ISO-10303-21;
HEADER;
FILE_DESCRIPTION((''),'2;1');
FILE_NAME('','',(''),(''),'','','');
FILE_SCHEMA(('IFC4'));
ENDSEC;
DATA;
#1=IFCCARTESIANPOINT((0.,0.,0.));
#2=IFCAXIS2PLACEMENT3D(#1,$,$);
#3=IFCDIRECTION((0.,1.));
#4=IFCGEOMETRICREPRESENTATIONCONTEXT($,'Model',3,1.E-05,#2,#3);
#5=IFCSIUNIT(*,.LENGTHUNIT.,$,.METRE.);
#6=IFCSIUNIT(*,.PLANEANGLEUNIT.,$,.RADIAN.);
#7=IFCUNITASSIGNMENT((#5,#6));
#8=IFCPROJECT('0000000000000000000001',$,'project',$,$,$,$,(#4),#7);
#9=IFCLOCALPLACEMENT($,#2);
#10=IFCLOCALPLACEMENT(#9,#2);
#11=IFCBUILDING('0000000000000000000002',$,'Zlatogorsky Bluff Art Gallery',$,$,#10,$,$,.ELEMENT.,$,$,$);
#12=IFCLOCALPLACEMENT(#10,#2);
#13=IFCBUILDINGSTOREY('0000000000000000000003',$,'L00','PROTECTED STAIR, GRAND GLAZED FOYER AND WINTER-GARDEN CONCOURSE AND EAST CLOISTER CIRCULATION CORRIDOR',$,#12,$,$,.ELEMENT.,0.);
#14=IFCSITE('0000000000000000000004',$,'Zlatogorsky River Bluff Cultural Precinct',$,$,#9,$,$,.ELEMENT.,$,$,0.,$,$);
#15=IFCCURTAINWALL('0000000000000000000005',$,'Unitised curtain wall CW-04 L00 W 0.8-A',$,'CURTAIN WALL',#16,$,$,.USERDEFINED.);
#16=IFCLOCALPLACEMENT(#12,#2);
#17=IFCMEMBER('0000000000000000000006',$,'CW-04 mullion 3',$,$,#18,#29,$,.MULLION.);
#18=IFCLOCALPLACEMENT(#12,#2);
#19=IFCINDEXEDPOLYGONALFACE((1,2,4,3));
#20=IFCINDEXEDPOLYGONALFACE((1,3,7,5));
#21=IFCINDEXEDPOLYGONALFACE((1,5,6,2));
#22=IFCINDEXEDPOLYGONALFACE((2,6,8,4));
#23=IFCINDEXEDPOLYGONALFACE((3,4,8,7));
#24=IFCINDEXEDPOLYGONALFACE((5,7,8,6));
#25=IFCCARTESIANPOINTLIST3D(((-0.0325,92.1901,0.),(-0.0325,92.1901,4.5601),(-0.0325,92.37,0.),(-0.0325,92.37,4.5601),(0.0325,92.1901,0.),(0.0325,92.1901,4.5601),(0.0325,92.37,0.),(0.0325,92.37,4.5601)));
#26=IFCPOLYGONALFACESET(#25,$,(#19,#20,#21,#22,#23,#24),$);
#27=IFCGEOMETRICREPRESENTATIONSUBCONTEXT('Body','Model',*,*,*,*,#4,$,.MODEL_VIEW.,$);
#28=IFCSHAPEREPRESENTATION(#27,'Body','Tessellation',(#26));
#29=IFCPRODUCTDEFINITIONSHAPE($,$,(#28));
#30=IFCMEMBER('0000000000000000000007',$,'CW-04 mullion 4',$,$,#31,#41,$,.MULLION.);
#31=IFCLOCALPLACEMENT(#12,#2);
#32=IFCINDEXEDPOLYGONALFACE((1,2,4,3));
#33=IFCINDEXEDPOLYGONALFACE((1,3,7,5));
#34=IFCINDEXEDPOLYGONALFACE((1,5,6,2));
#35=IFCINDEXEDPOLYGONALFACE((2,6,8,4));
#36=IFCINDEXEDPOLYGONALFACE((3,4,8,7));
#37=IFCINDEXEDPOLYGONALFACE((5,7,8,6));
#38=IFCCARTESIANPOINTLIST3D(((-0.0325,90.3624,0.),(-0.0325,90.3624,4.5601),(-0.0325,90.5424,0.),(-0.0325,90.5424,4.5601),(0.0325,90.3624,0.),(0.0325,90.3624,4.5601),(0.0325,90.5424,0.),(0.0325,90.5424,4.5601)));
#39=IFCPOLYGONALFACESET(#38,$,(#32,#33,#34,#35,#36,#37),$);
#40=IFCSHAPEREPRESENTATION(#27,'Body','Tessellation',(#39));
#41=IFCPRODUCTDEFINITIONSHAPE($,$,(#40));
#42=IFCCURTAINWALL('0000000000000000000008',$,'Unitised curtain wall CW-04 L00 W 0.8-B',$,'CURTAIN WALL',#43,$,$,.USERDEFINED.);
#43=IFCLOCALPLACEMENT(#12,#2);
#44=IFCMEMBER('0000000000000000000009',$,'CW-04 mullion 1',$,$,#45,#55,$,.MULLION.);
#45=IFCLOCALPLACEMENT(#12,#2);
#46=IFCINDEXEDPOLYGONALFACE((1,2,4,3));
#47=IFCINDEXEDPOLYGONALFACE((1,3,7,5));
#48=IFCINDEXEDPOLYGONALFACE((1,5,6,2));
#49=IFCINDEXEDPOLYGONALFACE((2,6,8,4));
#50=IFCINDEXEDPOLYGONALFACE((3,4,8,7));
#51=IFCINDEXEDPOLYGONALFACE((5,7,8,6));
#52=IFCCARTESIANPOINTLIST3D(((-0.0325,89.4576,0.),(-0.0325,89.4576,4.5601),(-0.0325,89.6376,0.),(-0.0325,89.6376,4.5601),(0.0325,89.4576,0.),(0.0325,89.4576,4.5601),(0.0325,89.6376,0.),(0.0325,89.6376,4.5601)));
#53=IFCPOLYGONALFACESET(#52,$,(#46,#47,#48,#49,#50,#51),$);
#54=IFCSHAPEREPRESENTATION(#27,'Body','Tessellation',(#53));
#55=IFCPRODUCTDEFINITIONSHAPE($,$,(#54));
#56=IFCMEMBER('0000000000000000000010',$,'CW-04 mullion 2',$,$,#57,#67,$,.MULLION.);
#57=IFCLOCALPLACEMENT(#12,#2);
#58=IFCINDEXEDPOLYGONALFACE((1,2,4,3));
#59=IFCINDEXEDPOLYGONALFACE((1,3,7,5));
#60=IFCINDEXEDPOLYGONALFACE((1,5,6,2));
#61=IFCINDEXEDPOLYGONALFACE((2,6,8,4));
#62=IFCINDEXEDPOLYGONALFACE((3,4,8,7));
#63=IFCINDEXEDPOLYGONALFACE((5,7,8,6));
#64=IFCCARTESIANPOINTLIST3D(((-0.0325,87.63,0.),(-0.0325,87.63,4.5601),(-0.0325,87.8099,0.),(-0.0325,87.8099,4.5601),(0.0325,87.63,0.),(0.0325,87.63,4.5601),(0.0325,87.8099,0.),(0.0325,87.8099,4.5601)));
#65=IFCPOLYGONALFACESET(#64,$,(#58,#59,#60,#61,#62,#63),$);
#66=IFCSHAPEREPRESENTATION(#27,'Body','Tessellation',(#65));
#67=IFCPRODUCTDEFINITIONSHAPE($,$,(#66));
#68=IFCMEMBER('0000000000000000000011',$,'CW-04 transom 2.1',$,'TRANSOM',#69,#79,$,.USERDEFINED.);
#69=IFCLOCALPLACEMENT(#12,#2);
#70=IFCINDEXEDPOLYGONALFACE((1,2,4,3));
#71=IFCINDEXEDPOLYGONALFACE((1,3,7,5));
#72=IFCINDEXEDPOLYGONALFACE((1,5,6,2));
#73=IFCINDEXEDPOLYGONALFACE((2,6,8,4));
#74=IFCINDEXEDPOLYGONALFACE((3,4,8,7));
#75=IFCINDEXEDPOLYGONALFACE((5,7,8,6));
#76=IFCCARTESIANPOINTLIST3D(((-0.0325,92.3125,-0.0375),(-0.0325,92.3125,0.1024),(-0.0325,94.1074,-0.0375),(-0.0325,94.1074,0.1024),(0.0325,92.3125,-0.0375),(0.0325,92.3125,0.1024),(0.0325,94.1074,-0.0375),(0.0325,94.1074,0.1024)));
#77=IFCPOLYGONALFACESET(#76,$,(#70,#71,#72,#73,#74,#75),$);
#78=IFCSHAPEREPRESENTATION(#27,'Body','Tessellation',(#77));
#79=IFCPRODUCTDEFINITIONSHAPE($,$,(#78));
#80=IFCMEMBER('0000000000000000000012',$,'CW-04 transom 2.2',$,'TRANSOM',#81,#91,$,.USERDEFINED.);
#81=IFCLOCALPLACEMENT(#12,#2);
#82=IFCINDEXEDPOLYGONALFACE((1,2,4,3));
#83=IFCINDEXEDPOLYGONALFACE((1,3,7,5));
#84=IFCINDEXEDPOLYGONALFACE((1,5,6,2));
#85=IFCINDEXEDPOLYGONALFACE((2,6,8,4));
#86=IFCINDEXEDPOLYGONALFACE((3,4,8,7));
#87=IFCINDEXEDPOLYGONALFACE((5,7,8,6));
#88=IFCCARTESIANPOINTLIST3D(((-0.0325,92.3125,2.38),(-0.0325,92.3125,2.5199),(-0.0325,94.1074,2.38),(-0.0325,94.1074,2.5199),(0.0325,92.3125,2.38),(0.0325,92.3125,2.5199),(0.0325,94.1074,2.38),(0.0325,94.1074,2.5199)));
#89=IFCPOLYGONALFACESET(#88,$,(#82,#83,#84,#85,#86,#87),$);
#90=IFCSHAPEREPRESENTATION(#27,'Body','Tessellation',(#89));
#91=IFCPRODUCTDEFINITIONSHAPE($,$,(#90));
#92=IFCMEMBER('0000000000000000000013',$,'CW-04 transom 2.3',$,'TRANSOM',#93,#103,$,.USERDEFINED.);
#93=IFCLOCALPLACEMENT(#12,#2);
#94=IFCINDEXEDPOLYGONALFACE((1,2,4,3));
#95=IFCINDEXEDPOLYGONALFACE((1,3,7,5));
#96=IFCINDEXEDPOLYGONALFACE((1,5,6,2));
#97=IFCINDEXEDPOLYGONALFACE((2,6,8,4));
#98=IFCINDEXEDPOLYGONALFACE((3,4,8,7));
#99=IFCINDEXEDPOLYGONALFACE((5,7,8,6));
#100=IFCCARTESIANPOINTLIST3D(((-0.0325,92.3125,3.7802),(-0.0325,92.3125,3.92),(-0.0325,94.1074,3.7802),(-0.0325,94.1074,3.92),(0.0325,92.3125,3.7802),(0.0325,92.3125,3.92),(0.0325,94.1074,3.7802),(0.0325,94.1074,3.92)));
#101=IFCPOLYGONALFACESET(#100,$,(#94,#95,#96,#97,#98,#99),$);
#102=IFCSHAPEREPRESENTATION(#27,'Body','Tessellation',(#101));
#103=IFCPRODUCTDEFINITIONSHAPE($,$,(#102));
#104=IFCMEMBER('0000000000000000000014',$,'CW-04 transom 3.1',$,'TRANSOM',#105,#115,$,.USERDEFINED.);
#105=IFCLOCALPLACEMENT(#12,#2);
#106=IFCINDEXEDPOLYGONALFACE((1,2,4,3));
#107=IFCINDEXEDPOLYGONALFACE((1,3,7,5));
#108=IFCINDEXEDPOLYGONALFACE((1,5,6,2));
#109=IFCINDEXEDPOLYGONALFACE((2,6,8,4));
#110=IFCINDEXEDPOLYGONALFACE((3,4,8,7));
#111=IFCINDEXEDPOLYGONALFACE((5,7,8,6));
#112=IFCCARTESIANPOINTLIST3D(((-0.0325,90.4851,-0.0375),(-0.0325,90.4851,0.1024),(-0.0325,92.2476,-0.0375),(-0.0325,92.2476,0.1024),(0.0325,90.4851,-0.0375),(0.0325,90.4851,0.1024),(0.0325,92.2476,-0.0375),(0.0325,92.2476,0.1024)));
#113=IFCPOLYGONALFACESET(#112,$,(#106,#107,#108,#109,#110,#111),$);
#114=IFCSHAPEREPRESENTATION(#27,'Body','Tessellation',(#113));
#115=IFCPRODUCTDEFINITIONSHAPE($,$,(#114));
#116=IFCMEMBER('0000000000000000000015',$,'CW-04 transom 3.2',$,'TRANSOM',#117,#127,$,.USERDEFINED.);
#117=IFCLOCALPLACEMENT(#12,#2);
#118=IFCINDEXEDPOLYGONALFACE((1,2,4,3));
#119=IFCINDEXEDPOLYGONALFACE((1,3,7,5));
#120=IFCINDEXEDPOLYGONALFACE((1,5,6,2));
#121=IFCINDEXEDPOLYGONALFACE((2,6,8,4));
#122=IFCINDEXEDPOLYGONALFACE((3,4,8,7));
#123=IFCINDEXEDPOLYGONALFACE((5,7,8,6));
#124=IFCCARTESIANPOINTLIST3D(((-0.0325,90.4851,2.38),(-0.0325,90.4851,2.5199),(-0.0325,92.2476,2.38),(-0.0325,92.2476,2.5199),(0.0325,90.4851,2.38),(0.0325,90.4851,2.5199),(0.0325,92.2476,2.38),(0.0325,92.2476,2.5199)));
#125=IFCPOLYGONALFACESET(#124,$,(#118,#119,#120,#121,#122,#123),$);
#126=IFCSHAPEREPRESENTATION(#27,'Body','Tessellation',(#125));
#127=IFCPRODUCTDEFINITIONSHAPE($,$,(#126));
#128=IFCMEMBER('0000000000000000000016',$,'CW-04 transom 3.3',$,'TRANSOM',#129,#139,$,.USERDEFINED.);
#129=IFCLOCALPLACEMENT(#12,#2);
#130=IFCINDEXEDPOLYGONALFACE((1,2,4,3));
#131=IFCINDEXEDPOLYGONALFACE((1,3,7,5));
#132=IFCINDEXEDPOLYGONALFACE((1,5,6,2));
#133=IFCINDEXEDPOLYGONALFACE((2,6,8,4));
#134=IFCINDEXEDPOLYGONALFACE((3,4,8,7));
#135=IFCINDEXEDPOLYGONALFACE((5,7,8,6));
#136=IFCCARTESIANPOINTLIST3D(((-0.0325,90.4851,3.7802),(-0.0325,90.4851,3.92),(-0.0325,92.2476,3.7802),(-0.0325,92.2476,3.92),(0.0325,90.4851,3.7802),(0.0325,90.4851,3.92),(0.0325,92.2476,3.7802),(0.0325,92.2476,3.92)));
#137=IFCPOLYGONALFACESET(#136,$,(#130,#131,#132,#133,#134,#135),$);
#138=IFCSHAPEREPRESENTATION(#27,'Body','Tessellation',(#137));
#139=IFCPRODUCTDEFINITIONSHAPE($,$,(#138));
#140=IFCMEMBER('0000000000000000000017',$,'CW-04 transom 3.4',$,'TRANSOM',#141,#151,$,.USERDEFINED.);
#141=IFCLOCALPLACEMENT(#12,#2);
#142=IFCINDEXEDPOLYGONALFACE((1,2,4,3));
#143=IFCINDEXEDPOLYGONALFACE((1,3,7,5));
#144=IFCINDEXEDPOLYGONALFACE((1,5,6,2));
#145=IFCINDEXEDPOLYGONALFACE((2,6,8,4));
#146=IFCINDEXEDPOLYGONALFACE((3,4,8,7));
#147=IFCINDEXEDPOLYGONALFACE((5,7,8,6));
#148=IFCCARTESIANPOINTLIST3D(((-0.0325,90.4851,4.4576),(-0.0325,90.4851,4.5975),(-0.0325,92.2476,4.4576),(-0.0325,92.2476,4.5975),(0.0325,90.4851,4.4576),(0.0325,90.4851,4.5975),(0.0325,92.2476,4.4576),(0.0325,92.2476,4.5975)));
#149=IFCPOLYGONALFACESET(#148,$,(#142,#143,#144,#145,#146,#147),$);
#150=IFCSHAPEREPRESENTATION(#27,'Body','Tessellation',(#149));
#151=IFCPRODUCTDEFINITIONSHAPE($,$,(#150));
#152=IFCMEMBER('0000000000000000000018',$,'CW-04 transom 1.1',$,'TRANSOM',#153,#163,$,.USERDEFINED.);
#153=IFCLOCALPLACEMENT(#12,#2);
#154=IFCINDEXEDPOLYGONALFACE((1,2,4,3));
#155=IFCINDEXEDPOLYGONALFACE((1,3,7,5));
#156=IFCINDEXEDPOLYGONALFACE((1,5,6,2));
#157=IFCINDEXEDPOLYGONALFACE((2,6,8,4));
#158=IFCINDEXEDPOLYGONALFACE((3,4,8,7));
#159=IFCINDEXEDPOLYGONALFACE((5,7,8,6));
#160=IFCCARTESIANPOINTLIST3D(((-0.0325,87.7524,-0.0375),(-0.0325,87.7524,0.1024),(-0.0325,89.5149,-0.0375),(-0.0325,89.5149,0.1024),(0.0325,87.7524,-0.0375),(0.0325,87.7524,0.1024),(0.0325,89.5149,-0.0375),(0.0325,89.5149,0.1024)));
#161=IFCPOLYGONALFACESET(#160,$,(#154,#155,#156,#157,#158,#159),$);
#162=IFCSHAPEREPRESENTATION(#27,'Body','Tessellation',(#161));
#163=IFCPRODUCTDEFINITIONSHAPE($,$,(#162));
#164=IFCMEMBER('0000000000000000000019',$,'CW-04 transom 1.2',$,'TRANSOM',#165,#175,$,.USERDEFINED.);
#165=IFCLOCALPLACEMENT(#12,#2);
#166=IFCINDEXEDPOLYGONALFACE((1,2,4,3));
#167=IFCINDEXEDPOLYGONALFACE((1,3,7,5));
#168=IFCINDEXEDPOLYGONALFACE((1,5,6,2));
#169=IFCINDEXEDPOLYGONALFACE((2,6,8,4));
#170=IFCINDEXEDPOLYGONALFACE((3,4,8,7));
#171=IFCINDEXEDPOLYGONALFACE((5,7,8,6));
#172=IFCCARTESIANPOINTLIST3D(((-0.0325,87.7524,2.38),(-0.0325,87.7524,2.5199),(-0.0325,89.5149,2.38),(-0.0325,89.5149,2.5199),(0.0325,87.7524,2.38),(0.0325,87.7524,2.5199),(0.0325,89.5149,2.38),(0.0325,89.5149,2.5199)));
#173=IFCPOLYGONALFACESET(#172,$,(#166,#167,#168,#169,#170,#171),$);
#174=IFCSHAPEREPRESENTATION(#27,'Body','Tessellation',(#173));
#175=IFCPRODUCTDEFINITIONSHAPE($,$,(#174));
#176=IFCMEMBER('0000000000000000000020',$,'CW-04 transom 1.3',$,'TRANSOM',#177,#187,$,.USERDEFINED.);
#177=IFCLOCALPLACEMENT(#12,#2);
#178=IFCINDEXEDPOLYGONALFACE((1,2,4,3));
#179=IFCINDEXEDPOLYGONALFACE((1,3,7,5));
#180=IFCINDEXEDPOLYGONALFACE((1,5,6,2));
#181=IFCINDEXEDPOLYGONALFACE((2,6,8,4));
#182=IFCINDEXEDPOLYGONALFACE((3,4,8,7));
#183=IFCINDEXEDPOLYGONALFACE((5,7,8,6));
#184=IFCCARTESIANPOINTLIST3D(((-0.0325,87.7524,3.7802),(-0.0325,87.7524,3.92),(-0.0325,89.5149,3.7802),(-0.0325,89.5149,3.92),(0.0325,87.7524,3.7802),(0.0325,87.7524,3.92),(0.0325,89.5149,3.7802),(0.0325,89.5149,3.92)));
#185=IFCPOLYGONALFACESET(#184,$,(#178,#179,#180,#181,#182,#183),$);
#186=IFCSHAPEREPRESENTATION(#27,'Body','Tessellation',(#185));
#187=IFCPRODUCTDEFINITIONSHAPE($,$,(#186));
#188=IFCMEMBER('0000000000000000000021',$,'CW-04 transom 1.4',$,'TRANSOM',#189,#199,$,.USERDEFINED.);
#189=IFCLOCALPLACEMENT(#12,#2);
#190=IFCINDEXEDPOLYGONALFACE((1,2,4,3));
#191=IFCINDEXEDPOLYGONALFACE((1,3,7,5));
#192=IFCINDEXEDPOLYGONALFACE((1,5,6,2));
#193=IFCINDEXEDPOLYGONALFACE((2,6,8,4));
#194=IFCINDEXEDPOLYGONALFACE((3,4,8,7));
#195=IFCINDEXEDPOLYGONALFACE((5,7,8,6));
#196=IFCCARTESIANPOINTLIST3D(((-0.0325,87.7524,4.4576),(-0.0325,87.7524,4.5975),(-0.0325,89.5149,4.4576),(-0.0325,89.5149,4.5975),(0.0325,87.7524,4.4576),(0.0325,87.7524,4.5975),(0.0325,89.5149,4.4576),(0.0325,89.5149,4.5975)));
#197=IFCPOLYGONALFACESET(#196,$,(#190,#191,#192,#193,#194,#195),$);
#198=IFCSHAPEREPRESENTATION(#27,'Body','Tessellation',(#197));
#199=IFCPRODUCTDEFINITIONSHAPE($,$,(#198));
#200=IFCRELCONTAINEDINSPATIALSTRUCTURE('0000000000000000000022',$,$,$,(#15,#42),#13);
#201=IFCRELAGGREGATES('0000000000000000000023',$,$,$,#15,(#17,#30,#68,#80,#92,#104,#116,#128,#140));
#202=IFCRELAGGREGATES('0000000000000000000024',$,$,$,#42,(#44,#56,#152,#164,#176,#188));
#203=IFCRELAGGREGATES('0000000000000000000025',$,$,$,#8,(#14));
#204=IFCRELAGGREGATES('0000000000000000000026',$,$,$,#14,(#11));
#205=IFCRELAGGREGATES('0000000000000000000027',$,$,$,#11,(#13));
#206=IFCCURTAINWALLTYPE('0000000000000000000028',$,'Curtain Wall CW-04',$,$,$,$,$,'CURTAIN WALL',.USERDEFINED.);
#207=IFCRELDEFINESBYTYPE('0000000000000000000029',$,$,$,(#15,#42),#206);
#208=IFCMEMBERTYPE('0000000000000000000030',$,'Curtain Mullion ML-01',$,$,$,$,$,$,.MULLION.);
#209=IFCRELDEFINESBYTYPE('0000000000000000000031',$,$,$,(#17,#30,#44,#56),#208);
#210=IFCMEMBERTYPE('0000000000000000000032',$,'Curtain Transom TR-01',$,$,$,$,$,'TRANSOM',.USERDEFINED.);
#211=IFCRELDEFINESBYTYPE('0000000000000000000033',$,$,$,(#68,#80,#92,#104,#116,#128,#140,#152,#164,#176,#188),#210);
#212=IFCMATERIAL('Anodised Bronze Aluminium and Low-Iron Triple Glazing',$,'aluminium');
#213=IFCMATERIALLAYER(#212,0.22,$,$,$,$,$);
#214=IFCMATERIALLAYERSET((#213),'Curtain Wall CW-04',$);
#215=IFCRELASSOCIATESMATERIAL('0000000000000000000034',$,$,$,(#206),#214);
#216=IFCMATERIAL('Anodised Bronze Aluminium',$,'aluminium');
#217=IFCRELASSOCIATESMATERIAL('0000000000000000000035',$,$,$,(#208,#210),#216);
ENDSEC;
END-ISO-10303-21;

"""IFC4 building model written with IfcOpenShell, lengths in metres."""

from ifc_helpers import new_model, si_unit, direction, frame, origin, origin_2d, place, context, subcontext, project, spatial, rectangle, extrude, material, layer, layer_set, material_profile, profile_set, type_object, element, aggregate, save


model = new_model("IFC4")

# Units and contexts
model_context = context("Model", 3, precision=1e-05, world=origin(), true_north=direction((0.0, 1.0)))
body_context = subcontext(model_context, "Body", "Model", "MODEL_VIEW")
ifc_project = project(units=[si_unit("LENGTHUNIT", "METRE"), si_unit("PLANEANGLEUNIT", "RADIAN")], contexts=[model_context])

# Site, building, storey
site_placement = place(None, origin())
site = spatial("IfcSite", under=ifc_project, at=site_placement, Name="Zlatogorsky River Bluff Cultural Precinct", CompositionType="ELEMENT", RefElevation=0.0)
building_placement = place(site_placement, origin())
building = spatial("IfcBuilding", under=site, at=building_placement, Name="Zlatogorsky Bluff Art Gallery", CompositionType="ELEMENT")
storey_placement = place(building_placement, origin())
storey = spatial("IfcBuildingStorey", under=building, at=storey_placement, Name="L00", Description="PROTECTED STAIR, GRAND GLAZED FOYER AND WINTER-GARDEN CONCOURSE AND EAST CLOISTER CIRCULATION CORRIDOR", CompositionType="ELEMENT", Elevation=0.0)

# Curtain walls, members
ifc_material_1 = material(Name="Anodised Bronze Aluminium and Low-Iron Triple Glazing", Category="aluminium")
ifc_layer_1 = layer(ifc_material_1, 0.22)
ifc_layer_set_1 = layer_set([ifc_layer_1], Name="Curtain Wall CW-04")
curtain_wall_type = type_object("IfcCurtainWallType", Name="Curtain Wall CW-04", ElementType="CURTAIN WALL", PredefinedType="USERDEFINED", material=ifc_layer_set_1)
curtain_wall_1_placement = place(storey_placement, origin())
curtain_wall_1 = element("IfcCurtainWall", 1, at=curtain_wall_1_placement, inside=storey, type_object=curtain_wall_type, Name="Unitised curtain wall CW-04 L00 W 0.8-A", ObjectType="CURTAIN WALL", PredefinedType="USERDEFINED")
ifc_material_2 = material(Name="Anodised Bronze Aluminium", Category="aluminium")
ifc_material_profile_1 = material_profile(ifc_material_2, rectangle(XDim=0.0649, YDim=0.1799, at=origin_2d()), Name="ALU MULLION 65x180")
ifc_profile_set_1 = profile_set([ifc_material_profile_1], Name="Anodised Bronze Aluminium")
member_type_1 = type_object("IfcMemberType", Name="Curtain Mullion ML-01", PredefinedType="MULLION", material=ifc_profile_set_1)
member_1_placement = place(storey_placement, frame((0.0, 92.28, 0.0), z_axis=(0.0, 0.0, 1.0), x_axis=(1.0, 0.0, 0.0)))
member_1 = element("IfcMember", 2, at=member_1_placement, type_object=member_type_1, Name="CW-04 mullion 3", PredefinedType="MULLION", context=body_context, shape_type="SweptSolid", body=[
    extrude(rectangle(XDim=0.0649, YDim=0.1799, at=origin_2d()), origin(), (0.0, 0.0, 1.0), 4.5601),
])
member_2_placement = place(storey_placement, frame((0.0, 90.4524, 0.0), z_axis=(0.0, 0.0, 1.0), x_axis=(1.0, 0.0, 0.0)))
member_2 = element("IfcMember", 3, at=member_2_placement, type_object=member_type_1, Name="CW-04 mullion 4", PredefinedType="MULLION", context=body_context, shape_type="SweptSolid", body=[
    extrude(rectangle(XDim=0.0649, YDim=0.1799, at=origin_2d()), origin(), (0.0, 0.0, 1.0), 4.5601),
])
curtain_wall_2_placement = place(storey_placement, origin())
curtain_wall_2 = element("IfcCurtainWall", 4, at=curtain_wall_2_placement, inside=storey, type_object=curtain_wall_type, Name="Unitised curtain wall CW-04 L00 W 0.8-B", ObjectType="CURTAIN WALL", PredefinedType="USERDEFINED")
member_3_placement = place(storey_placement, frame((0.0, 89.5476, 0.0), z_axis=(0.0, 0.0, 1.0), x_axis=(1.0, 0.0, 0.0)))
member_3 = element("IfcMember", 5, at=member_3_placement, type_object=member_type_1, Name="CW-04 mullion 1", PredefinedType="MULLION", context=body_context, shape_type="SweptSolid", body=[
    extrude(rectangle(XDim=0.0649, YDim=0.1799, at=origin_2d()), origin(), (0.0, 0.0, 1.0), 4.5601),
])
member_4_placement = place(storey_placement, frame((0.0, 87.72, 0.0), z_axis=(0.0, 0.0, 1.0), x_axis=(1.0, 0.0, 0.0)))
member_4 = element("IfcMember", 6, at=member_4_placement, type_object=member_type_1, Name="CW-04 mullion 2", PredefinedType="MULLION", context=body_context, shape_type="SweptSolid", body=[
    extrude(rectangle(XDim=0.0649, YDim=0.1799, at=origin_2d()), origin(), (0.0, 0.0, 1.0), 4.5601),
])

# Members
ifc_material_profile_2 = material_profile(ifc_material_2, rectangle(XDim=0.0649, YDim=0.1399, at=origin_2d()), Name="ALU TRANSOM 65x140")
ifc_profile_set_2 = profile_set([ifc_material_profile_2], Name="Anodised Bronze Aluminium")
member_type_2 = type_object("IfcMemberType", Name="Curtain Transom TR-01", ElementType="TRANSOM", PredefinedType="USERDEFINED", material=ifc_profile_set_2)
member_5_placement = place(storey_placement, frame((0.0, 94.1074, 0.0325), z_axis=(0.0, -1.0, 0.0), x_axis=(1.0, 0.0, 0.0)))
member_5 = element("IfcMember", 7, at=member_5_placement, type_object=member_type_2, Name="CW-04 transom 2.1", ObjectType="TRANSOM", PredefinedType="USERDEFINED", context=body_context, shape_type="SweptSolid", body=[
    extrude(rectangle(XDim=0.0649, YDim=0.1399, at=origin_2d()), origin(), (0.0, 0.0, 1.0), 1.7949),
])
member_6_placement = place(storey_placement, frame((0.0, 94.1074, 2.45), z_axis=(0.0, -1.0, 0.0), x_axis=(1.0, 0.0, 0.0)))
member_6 = element("IfcMember", 8, at=member_6_placement, type_object=member_type_2, Name="CW-04 transom 2.2", ObjectType="TRANSOM", PredefinedType="USERDEFINED", context=body_context, shape_type="SweptSolid", body=[
    extrude(rectangle(XDim=0.0649, YDim=0.1399, at=origin_2d()), origin(), (0.0, 0.0, 1.0), 1.7949),
])
member_7_placement = place(storey_placement, frame((0.0, 94.1074, 3.8501), z_axis=(0.0, -1.0, 0.0), x_axis=(1.0, 0.0, 0.0)))
member_7 = element("IfcMember", 9, at=member_7_placement, type_object=member_type_2, Name="CW-04 transom 2.3", ObjectType="TRANSOM", PredefinedType="USERDEFINED", context=body_context, shape_type="SweptSolid", body=[
    extrude(rectangle(XDim=0.0649, YDim=0.1399, at=origin_2d()), origin(), (0.0, 0.0, 1.0), 1.7949),
])
member_8_placement = place(storey_placement, frame((0.0, 92.2476, 0.0325), z_axis=(0.0, -1.0, 0.0), x_axis=(1.0, 0.0, 0.0)))
member_8 = element("IfcMember", 10, at=member_8_placement, type_object=member_type_2, Name="CW-04 transom 3.1", ObjectType="TRANSOM", PredefinedType="USERDEFINED", context=body_context, shape_type="SweptSolid", body=[
    extrude(rectangle(XDim=0.0649, YDim=0.1399, at=origin_2d()), origin(), (0.0, 0.0, 1.0), 1.7625),
])
member_9_placement = place(storey_placement, frame((0.0, 92.2476, 2.45), z_axis=(0.0, -1.0, 0.0), x_axis=(1.0, 0.0, 0.0)))
member_9 = element("IfcMember", 11, at=member_9_placement, type_object=member_type_2, Name="CW-04 transom 3.2", ObjectType="TRANSOM", PredefinedType="USERDEFINED", context=body_context, shape_type="SweptSolid", body=[
    extrude(rectangle(XDim=0.0649, YDim=0.1399, at=origin_2d()), origin(), (0.0, 0.0, 1.0), 1.7625),
])
member_10_placement = place(storey_placement, frame((0.0, 92.2476, 3.8501), z_axis=(0.0, -1.0, 0.0), x_axis=(1.0, 0.0, 0.0)))
member_10 = element("IfcMember", 12, at=member_10_placement, type_object=member_type_2, Name="CW-04 transom 3.3", ObjectType="TRANSOM", PredefinedType="USERDEFINED", context=body_context, shape_type="SweptSolid", body=[
    extrude(rectangle(XDim=0.0649, YDim=0.1399, at=origin_2d()), origin(), (0.0, 0.0, 1.0), 1.7625),
])
member_11_placement = place(storey_placement, frame((0.0, 92.2476, 4.5276), z_axis=(0.0, -1.0, 0.0), x_axis=(1.0, 0.0, 0.0)))
member_11 = element("IfcMember", 13, at=member_11_placement, type_object=member_type_2, Name="CW-04 transom 3.4", ObjectType="TRANSOM", PredefinedType="USERDEFINED", context=body_context, shape_type="SweptSolid", body=[
    extrude(rectangle(XDim=0.0649, YDim=0.1399, at=origin_2d()), origin(), (0.0, 0.0, 1.0), 1.7625),
])
member_12_placement = place(storey_placement, frame((0.0, 89.5149, 0.0325), z_axis=(0.0, -1.0, 0.0), x_axis=(1.0, 0.0, 0.0)))
member_12 = element("IfcMember", 14, at=member_12_placement, type_object=member_type_2, Name="CW-04 transom 1.1", ObjectType="TRANSOM", PredefinedType="USERDEFINED", context=body_context, shape_type="SweptSolid", body=[
    extrude(rectangle(XDim=0.0649, YDim=0.1399, at=origin_2d()), origin(), (0.0, 0.0, 1.0), 1.7625),
])
member_13_placement = place(storey_placement, frame((0.0, 89.5149, 2.45), z_axis=(0.0, -1.0, 0.0), x_axis=(1.0, 0.0, 0.0)))
member_13 = element("IfcMember", 15, at=member_13_placement, type_object=member_type_2, Name="CW-04 transom 1.2", ObjectType="TRANSOM", PredefinedType="USERDEFINED", context=body_context, shape_type="SweptSolid", body=[
    extrude(rectangle(XDim=0.0649, YDim=0.1399, at=origin_2d()), origin(), (0.0, 0.0, 1.0), 1.7625),
])
member_14_placement = place(storey_placement, frame((0.0, 89.5149, 3.8501), z_axis=(0.0, -1.0, 0.0), x_axis=(1.0, 0.0, 0.0)))
member_14 = element("IfcMember", 16, at=member_14_placement, type_object=member_type_2, Name="CW-04 transom 1.3", ObjectType="TRANSOM", PredefinedType="USERDEFINED", context=body_context, shape_type="SweptSolid", body=[
    extrude(rectangle(XDim=0.0649, YDim=0.1399, at=origin_2d()), origin(), (0.0, 0.0, 1.0), 1.7625),
])
member_15_placement = place(storey_placement, frame((0.0, 89.5149, 4.5276), z_axis=(0.0, -1.0, 0.0), x_axis=(1.0, 0.0, 0.0)))
member_15 = element("IfcMember", 17, at=member_15_placement, type_object=member_type_2, Name="CW-04 transom 1.4", ObjectType="TRANSOM", PredefinedType="USERDEFINED", context=body_context, shape_type="SweptSolid", body=[
    extrude(rectangle(XDim=0.0649, YDim=0.1399, at=origin_2d()), origin(), (0.0, 0.0, 1.0), 1.7625),
])

aggregate(curtain_wall_1, [member_1, member_2, member_5, member_6, member_7, member_8, member_9, member_10, member_11])
aggregate(curtain_wall_2, [member_3, member_4, member_12, member_13, member_14, member_15])

save(model, "model.ifc")
